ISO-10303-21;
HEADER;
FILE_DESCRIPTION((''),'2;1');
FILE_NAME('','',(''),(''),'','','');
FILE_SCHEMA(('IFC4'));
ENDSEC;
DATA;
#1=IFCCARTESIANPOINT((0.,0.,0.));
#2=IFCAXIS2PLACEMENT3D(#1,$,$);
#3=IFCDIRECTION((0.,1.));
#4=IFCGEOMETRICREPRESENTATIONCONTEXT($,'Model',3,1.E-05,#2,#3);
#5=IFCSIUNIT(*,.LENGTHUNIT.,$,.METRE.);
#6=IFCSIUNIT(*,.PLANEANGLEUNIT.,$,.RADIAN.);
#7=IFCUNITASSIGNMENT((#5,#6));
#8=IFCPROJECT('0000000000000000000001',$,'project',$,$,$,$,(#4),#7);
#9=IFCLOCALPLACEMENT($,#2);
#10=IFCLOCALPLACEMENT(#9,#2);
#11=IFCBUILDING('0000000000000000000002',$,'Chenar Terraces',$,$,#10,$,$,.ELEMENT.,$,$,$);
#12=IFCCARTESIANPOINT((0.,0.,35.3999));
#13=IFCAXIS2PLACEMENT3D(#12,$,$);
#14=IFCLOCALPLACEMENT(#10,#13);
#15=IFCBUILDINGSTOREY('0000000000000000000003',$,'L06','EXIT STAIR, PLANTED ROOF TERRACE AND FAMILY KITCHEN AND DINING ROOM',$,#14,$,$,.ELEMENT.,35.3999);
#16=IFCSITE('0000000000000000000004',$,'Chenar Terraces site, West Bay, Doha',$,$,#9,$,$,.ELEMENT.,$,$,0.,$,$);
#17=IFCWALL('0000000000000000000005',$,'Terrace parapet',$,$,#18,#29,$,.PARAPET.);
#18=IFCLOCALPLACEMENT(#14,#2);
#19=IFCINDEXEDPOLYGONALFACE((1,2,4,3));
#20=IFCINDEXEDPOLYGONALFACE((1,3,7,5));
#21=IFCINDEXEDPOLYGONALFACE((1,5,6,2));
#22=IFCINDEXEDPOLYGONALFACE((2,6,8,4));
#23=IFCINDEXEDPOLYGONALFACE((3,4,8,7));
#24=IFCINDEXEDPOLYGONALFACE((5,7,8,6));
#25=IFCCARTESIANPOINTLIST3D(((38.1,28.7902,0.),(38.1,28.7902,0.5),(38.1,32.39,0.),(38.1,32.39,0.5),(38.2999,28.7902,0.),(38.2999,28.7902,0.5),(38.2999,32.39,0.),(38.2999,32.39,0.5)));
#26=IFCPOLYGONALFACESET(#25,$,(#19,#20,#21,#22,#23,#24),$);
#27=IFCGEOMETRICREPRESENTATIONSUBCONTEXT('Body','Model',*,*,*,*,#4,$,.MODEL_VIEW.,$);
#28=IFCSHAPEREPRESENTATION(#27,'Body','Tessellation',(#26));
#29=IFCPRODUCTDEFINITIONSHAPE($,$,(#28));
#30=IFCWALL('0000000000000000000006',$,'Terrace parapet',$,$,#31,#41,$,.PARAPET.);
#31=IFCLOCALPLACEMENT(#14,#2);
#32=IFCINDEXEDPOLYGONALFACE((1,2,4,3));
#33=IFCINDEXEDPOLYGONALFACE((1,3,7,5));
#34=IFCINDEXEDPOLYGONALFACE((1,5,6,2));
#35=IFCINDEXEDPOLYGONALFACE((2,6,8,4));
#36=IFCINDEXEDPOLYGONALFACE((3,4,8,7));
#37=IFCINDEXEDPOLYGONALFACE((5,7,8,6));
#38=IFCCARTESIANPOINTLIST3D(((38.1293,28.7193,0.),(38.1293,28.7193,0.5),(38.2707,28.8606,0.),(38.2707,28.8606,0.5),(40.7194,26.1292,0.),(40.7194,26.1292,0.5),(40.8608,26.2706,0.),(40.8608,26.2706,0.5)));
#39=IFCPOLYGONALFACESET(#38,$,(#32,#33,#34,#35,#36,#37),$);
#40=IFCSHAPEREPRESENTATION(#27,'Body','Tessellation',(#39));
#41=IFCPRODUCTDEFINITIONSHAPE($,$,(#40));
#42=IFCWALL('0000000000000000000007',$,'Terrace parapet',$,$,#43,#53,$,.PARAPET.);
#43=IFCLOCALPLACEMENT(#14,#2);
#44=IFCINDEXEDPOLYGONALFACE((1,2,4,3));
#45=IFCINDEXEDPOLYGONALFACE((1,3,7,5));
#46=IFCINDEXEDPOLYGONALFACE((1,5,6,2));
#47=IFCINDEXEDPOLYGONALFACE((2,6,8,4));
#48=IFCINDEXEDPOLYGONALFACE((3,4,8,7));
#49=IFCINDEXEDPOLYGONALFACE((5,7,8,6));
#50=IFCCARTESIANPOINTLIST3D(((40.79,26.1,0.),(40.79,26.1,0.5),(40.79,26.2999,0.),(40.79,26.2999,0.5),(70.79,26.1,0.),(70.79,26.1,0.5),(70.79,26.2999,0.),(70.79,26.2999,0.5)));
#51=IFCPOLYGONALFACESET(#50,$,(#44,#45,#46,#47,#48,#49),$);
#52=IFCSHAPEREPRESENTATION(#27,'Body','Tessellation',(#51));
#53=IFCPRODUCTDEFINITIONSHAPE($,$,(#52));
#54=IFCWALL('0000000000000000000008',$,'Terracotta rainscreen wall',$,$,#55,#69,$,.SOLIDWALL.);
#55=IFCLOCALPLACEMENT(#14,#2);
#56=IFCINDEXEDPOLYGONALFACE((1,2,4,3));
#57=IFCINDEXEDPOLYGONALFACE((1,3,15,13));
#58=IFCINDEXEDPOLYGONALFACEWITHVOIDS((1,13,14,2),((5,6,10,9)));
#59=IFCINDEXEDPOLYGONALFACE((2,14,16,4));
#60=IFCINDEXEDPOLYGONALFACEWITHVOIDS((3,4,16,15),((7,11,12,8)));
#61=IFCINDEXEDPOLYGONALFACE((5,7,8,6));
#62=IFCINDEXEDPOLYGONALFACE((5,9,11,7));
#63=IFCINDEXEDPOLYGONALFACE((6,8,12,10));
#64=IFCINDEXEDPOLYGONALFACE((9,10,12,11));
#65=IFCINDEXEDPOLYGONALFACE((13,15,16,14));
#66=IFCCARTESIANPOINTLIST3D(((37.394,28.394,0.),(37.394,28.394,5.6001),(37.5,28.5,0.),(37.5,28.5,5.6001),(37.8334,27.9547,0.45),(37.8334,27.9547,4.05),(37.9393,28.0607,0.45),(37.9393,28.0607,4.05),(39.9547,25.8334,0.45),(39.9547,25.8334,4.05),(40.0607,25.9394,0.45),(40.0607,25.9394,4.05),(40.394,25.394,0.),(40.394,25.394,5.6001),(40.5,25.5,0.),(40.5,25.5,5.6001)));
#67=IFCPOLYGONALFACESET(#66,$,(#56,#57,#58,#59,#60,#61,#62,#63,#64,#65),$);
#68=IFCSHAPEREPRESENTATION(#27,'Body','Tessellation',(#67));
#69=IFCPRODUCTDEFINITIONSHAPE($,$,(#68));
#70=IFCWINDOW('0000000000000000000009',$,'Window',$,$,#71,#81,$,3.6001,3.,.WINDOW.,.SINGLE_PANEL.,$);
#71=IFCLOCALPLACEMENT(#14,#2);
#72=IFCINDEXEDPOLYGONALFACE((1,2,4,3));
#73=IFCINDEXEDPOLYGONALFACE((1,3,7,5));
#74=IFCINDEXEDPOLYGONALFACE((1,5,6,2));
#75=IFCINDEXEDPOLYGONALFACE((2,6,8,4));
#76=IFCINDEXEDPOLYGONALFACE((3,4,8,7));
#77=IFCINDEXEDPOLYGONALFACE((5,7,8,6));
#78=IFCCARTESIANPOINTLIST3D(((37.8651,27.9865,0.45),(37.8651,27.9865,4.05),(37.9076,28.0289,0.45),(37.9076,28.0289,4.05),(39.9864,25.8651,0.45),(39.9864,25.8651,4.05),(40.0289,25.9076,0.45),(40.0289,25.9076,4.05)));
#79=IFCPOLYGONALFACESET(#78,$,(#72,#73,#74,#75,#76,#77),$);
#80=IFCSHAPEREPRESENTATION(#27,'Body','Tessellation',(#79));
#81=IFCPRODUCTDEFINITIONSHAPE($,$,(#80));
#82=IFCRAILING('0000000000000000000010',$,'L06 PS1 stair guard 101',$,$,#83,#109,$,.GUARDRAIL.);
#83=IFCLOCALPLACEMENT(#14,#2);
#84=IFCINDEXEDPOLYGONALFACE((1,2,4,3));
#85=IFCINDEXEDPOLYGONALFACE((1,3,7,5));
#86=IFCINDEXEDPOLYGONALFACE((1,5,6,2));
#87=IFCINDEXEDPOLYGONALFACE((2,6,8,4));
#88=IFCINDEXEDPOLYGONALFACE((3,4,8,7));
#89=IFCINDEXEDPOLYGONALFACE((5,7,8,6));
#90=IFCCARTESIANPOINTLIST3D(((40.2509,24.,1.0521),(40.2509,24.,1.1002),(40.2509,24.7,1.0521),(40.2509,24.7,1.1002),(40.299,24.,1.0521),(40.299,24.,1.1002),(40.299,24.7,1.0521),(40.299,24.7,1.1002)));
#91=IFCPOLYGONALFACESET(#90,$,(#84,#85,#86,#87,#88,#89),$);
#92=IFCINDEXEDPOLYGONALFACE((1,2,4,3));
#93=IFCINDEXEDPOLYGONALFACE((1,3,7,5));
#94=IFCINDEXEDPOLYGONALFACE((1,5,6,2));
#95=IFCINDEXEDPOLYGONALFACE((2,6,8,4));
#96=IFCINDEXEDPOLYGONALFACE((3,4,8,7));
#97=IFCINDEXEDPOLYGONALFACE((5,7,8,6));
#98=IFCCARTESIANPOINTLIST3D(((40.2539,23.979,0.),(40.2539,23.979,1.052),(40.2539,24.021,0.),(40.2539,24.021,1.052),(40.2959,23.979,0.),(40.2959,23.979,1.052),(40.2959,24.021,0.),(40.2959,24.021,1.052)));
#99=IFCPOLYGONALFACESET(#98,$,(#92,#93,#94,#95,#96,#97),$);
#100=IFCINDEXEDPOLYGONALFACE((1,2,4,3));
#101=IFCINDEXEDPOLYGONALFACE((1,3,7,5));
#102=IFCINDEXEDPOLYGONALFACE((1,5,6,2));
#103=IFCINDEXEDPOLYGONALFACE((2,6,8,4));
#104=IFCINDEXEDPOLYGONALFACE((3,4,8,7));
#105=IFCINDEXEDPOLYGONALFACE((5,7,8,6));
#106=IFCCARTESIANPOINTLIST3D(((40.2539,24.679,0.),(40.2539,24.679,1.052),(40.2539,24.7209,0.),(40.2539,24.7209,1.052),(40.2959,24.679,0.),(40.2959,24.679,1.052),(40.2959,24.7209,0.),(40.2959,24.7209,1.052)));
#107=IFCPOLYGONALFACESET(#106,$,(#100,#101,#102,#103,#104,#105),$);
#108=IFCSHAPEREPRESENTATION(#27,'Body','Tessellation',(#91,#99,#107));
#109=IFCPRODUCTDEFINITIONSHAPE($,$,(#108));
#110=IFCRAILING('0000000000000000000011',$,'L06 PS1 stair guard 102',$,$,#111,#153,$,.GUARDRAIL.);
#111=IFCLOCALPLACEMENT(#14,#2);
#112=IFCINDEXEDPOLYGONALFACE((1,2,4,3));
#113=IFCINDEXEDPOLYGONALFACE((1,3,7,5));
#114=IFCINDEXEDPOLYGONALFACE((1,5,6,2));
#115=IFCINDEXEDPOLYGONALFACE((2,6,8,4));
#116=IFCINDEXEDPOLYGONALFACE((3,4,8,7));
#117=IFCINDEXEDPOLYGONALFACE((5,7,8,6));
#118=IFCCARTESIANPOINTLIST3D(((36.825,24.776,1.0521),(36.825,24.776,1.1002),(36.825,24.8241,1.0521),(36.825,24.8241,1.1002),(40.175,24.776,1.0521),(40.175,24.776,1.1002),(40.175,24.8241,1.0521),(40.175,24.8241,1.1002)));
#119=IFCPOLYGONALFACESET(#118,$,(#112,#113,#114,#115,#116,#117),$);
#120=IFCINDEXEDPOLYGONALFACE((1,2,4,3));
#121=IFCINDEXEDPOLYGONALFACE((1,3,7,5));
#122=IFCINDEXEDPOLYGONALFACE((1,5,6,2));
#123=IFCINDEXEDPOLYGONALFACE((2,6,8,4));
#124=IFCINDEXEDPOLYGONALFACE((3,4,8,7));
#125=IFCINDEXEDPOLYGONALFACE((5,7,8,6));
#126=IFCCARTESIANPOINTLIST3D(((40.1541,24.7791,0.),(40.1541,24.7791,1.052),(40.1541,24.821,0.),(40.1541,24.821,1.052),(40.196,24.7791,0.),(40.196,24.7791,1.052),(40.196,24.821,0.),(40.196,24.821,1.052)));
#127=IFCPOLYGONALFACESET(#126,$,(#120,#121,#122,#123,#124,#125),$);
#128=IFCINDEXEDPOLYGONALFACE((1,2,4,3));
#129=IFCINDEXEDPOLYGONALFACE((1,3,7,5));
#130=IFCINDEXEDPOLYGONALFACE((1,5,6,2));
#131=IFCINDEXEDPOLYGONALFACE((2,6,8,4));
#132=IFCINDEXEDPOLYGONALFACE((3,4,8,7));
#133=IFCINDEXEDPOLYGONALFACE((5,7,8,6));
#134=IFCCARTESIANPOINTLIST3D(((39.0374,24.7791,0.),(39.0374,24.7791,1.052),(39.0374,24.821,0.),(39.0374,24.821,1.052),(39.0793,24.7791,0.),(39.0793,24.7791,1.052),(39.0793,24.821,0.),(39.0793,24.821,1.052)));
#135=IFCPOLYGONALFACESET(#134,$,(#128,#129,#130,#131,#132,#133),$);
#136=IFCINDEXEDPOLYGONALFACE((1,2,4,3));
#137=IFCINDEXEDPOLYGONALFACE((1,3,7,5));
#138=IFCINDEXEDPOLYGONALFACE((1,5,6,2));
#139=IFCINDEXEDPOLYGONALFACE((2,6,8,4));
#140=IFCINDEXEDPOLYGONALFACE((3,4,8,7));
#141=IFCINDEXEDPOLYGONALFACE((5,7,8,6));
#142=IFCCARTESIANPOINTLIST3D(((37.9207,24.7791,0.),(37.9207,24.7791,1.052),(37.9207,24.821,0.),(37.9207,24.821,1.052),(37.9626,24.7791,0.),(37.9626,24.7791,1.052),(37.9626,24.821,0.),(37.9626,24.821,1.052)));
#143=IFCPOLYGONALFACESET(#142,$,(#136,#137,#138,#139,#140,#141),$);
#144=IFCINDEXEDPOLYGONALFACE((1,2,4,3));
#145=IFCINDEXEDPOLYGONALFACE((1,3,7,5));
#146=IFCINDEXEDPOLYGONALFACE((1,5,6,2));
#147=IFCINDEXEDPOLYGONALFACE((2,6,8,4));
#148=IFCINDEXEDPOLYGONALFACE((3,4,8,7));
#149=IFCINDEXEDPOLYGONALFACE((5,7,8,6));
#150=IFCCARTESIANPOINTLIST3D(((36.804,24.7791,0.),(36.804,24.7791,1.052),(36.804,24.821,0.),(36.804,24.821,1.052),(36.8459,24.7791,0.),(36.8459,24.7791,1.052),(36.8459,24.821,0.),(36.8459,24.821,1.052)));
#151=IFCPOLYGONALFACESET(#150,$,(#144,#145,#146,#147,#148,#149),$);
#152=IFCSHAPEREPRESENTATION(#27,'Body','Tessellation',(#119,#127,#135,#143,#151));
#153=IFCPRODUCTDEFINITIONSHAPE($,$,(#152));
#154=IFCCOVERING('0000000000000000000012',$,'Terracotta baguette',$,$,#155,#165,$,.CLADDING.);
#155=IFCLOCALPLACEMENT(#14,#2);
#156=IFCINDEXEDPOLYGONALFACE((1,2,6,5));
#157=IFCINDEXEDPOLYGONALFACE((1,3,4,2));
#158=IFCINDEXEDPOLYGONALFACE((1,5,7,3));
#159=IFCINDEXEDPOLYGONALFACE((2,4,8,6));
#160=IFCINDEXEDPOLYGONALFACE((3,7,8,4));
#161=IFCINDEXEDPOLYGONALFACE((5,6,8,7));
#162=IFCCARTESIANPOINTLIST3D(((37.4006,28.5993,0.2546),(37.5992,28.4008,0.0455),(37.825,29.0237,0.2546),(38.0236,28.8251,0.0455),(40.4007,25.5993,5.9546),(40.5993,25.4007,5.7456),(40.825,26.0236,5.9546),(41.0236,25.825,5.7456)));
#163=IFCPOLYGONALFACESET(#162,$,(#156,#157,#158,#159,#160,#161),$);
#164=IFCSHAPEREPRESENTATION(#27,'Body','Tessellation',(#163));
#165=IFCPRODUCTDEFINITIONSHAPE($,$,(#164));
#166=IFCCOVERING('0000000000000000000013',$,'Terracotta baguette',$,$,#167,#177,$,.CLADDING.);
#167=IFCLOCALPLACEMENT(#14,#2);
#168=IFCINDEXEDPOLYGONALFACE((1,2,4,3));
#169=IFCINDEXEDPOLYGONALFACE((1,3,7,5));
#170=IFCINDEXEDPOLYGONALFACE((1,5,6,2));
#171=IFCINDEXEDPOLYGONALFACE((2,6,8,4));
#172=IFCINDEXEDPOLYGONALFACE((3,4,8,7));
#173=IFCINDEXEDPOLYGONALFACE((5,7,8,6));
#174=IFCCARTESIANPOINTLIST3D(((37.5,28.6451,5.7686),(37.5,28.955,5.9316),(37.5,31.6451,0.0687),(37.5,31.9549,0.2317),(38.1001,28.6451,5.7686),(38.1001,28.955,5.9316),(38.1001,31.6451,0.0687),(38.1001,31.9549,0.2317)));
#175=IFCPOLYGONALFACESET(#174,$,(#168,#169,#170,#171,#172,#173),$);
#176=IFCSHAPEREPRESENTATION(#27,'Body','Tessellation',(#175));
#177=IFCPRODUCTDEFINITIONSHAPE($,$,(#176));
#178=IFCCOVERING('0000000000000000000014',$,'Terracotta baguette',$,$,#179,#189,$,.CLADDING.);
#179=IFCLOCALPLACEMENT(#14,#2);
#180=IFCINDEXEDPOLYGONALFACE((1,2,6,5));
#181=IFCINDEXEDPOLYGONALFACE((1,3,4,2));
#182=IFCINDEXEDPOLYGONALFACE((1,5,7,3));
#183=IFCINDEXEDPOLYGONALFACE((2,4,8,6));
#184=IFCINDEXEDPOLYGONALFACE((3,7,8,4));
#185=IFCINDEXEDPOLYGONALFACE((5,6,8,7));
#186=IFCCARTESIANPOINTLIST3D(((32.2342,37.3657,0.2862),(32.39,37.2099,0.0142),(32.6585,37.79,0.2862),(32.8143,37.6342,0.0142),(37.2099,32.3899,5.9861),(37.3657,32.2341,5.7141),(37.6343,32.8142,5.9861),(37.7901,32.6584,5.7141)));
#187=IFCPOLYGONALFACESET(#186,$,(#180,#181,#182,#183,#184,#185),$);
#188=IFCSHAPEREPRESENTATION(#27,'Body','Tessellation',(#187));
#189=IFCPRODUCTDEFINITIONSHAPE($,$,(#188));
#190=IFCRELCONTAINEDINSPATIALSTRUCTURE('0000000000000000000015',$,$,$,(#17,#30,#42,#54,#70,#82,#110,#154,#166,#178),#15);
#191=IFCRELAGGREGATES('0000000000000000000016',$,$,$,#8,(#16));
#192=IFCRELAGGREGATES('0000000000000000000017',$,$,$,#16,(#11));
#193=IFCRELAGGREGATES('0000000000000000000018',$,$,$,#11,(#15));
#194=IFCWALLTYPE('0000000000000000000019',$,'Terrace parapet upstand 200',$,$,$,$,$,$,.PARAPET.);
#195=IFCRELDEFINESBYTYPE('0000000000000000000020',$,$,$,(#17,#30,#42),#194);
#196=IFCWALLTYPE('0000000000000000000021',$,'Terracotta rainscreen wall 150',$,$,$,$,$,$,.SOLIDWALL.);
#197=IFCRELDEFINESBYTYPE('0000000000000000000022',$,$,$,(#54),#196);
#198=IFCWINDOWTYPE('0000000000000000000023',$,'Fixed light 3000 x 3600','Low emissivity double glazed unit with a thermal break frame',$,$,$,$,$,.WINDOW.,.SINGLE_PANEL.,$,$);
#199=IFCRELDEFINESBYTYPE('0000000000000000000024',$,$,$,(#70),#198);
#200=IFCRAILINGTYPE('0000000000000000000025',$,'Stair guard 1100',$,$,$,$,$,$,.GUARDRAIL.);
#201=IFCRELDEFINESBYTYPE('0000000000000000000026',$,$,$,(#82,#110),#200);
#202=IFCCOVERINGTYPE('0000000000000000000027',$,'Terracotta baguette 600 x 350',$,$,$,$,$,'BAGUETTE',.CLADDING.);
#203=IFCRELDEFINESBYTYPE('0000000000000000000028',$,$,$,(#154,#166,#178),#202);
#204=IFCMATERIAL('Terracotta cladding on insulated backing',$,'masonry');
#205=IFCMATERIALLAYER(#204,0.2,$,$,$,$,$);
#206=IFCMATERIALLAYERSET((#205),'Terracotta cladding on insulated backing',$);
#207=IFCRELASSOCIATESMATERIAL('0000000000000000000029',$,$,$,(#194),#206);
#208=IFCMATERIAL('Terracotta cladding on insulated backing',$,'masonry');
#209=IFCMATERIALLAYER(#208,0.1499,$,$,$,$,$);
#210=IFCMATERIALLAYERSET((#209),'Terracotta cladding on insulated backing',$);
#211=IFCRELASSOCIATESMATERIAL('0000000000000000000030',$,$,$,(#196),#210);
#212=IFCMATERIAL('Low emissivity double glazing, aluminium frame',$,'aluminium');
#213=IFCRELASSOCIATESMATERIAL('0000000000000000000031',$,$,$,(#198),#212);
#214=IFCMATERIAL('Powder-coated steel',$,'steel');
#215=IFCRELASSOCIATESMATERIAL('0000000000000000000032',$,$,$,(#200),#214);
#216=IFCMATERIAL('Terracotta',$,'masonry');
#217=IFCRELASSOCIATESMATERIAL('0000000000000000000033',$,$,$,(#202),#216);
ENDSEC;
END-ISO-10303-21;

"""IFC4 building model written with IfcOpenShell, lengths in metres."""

from ifc_helpers import new_model, si_unit, direction, frame, frame_2d, origin, origin_2d, place, context, subcontext, project, spatial, rectangle, extrude, material, layer, layer_set, material_profile, profile_set, type_object, element, fill, save


model = new_model("IFC4")

# Units and contexts
model_context = context("Model", 3, precision=1e-05, world=origin(), true_north=direction((0.0, 1.0)))
body_context = subcontext(model_context, "Body", "Model", "MODEL_VIEW")
ifc_project = project(units=[si_unit("LENGTHUNIT", "METRE"), si_unit("PLANEANGLEUNIT", "RADIAN")], contexts=[model_context])

# Site, building, storey
site_placement = place(None, origin())
site = spatial("IfcSite", under=ifc_project, at=site_placement, Name="Chenar Terraces site, West Bay, Doha", CompositionType="ELEMENT", RefElevation=0.0)
building_placement = place(site_placement, origin())
building = spatial("IfcBuilding", under=site, at=building_placement, Name="Chenar Terraces", CompositionType="ELEMENT")
storey_placement = place(building_placement, frame((0.0, 0.0, 35.3999)))
storey = spatial("IfcBuildingStorey", under=building, at=storey_placement, Name="L06", Description="EXIT STAIR, PLANTED ROOF TERRACE AND FAMILY KITCHEN AND DINING ROOM", CompositionType="ELEMENT", Elevation=35.3999)

# Walls
ifc_material_1 = material(Name="Terracotta cladding on insulated backing", Category="masonry")
ifc_layer_1 = layer(ifc_material_1, 0.2)
ifc_layer_set_1 = layer_set([ifc_layer_1], Name="Terracotta cladding on insulated backing")
wall_type_1 = type_object("IfcWallType", Name="Terrace parapet upstand 200", PredefinedType="PARAPET", material=ifc_layer_set_1)
wall_1_placement = place(storey_placement, frame((38.2, 32.3899, 0.0), z_axis=(0.0, 0.0, 1.0), x_axis=(0.0, -1.0, 0.0)))
element("IfcWall", 1, at=wall_1_placement, inside=storey, type_object=wall_type_1, Name="Terrace parapet", PredefinedType="PARAPET", context=body_context, shape_type="SweptSolid", body=[
    extrude(rectangle(XDim=3.5999, YDim=0.2, at=frame_2d((1.7998, 0.0))), origin(), (0.0, 0.0, 1.0), 0.5),
])
wall_2_placement = place(storey_placement, frame((38.2, 28.79, 0.0), z_axis=(0.0, 0.0, 1.0), x_axis=(0.707107, -0.707107, 0.0)))
element("IfcWall", 2, at=wall_2_placement, inside=storey, type_object=wall_type_1, Name="Terrace parapet", PredefinedType="PARAPET", context=body_context, shape_type="SweptSolid", body=[
    extrude(rectangle(XDim=3.6628, YDim=0.2, at=frame_2d((1.8315, 0.0))), origin(), (0.0, 0.0, 1.0), 0.5),
])
wall_3_placement = place(storey_placement, frame((40.79, 26.2, 0.0), z_axis=(0.0, 0.0, 1.0), x_axis=(1.0, 0.0, 0.0)))
element("IfcWall", 3, at=wall_3_placement, inside=storey, type_object=wall_type_1, Name="Terrace parapet", PredefinedType="PARAPET", context=body_context, shape_type="SweptSolid", body=[
    extrude(rectangle(XDim=30.0, YDim=0.2, at=frame_2d((15.0, 0.0))), origin(), (0.0, 0.0, 1.0), 0.5),
])

# Wall, opening, window
ifc_material_2 = material(Name="Terracotta cladding on insulated backing", Category="masonry")
ifc_layer_2 = layer(ifc_material_2, 0.1499)
ifc_layer_set_2 = layer_set([ifc_layer_2], Name="Terracotta cladding on insulated backing")
wall_type_2 = type_object("IfcWallType", Name="Terracotta rainscreen wall 150", PredefinedType="SOLIDWALL", material=ifc_layer_set_2)
wall_4_placement = place(storey_placement, frame((40.447, 25.447, 0.0), z_axis=(0.0, 0.0, 1.0), x_axis=(-0.707107, 0.707107, 0.0)))
wall_4 = element("IfcWall", 4, at=wall_4_placement, inside=storey, type_object=wall_type_2, Name="Terracotta rainscreen wall", PredefinedType="SOLIDWALL", context=body_context, shape_type="SweptSolid", body=[
    extrude(rectangle(XDim=4.2427, YDim=0.1499, at=frame_2d((2.1213, 0.0))), origin(), (0.0, 0.0, 1.0), 5.6001),
])
opening_placement = place(wall_4_placement, frame((0.6213, 0.0, 0.45)))
opening = element("IfcOpeningElement", 5, at=opening_placement, cuts=wall_4, PredefinedType="OPENING", context=body_context, shape_type="SweptSolid", body=[
    extrude(rectangle(XDim=3.0, YDim=3.6001, at=frame_2d((1.5, 1.8))), frame((0.0, 0.085, 0.0), z_axis=(0.0, -1.0, 0.0), x_axis=(1.0, 0.0, 0.0)), (0.0, 0.0, 1.0), 0.1699),
])
ifc_material_3 = material(Name="Low emissivity double glazing, aluminium frame", Category="aluminium")
window_type = type_object("IfcWindowType", Name="Fixed light 3000 x 3600", Description="Low emissivity double glazed unit with a thermal break frame", PartitioningType="SINGLE_PANEL", PredefinedType="WINDOW", material=ifc_material_3)
window_placement = place(opening_placement, origin())
window = element("IfcWindow", 6, at=window_placement, inside=storey, type_object=window_type, Name="Window", OverallHeight=3.6001, OverallWidth=3.0, PartitioningType="SINGLE_PANEL", PredefinedType="WINDOW", context=body_context, shape_type="SweptSolid", body=[
    extrude(rectangle(XDim=3.0, YDim=3.6001, at=frame_2d((1.5, 1.8))), frame((0.0, 0.03, 0.0), z_axis=(0.0, -1.0, 0.0), x_axis=(1.0, 0.0, 0.0)), (0.0, 0.0, 1.0), 0.0601),
])
fill(opening, window)

# Railings
ifc_material_4 = material(Name="Powder-coated steel", Category="steel")
railing_type = type_object("IfcRailingType", Name="Stair guard 1100", PredefinedType="GUARDRAIL", material=ifc_material_4)
railing_1_placement = place(storey_placement, frame((40.2749, 24.0, 0.0)))
element("IfcRailing", 7, at=railing_1_placement, inside=storey, type_object=railing_type, Name="L06 PS1 stair guard 101", PredefinedType="GUARDRAIL", context=body_context, shape_type="SweptSolid", body=[
    extrude(rectangle(XDim=0.0481, YDim=0.0481, at=origin_2d()), frame((0.0, 0.0, 1.0762), z_axis=(0.0, 1.0, 0.0), x_axis=(-1.0, 0.0, 0.0)), (0.0, 0.0, 1.0), 0.7),
    extrude(rectangle(XDim=0.042, YDim=0.042, at=origin_2d()), origin(), (0.0, 0.0, 1.0), 1.052),
    extrude(rectangle(XDim=0.042, YDim=0.042, at=origin_2d()), frame((0.0, 0.7, 0.0)), (0.0, 0.0, 1.0), 1.052),
])
railing_2_placement = place(storey_placement, frame((40.175, 24.8, 0.0)))
element("IfcRailing", 8, at=railing_2_placement, inside=storey, type_object=railing_type, Name="L06 PS1 stair guard 102", PredefinedType="GUARDRAIL", context=body_context, shape_type="SweptSolid", body=[
    extrude(rectangle(XDim=0.0481, YDim=0.0481, at=origin_2d()), frame((0.0, 0.0, 1.0762), z_axis=(-1.0, 0.0, 0.0), x_axis=(0.0, -1.0, 0.0)), (0.0, 0.0, 1.0), 3.3501),
    extrude(rectangle(XDim=0.042, YDim=0.042, at=origin_2d()), origin(), (0.0, 0.0, 1.0), 1.052),
    extrude(rectangle(XDim=0.042, YDim=0.042, at=origin_2d()), frame((-1.1167, 0.0, 0.0)), (0.0, 0.0, 1.0), 1.052),
    extrude(rectangle(XDim=0.042, YDim=0.042, at=origin_2d()), frame((-2.2334, 0.0, 0.0)), (0.0, 0.0, 1.0), 1.052),
    extrude(rectangle(XDim=0.042, YDim=0.042, at=origin_2d()), frame((-3.3501, 0.0, 0.0)), (0.0, 0.0, 1.0), 1.052),
])

# Coverings
ifc_material_5 = material(Name="Terracotta", Category="masonry")
ifc_material_profile_1 = material_profile(ifc_material_5, rectangle(XDim=0.6001, YDim=0.3501, at=origin_2d()), Name="Terracotta baguette 600 x 350")
ifc_profile_set_1 = profile_set([ifc_material_profile_1], Name="Terracotta")
covering_type = type_object("IfcCoveringType", Name="Terracotta baguette 600 x 350", ElementType="BAGUETTE", PredefinedType="CLADDING", material=ifc_profile_set_1)
covering_1_placement = place(storey_placement, frame((40.7122, 25.7122, 5.8501), z_axis=(-0.422203, 0.422203, -0.802178), x_axis=(-0.707107, -0.707107, 0.0)))
element("IfcCovering", 9, at=covering_1_placement, inside=storey, type_object=covering_type, Name="Terracotta baguette", PredefinedType="CLADDING", context=body_context, shape_type="SweptSolid", body=[
    extrude(rectangle(XDim=0.6001, YDim=0.3501, at=origin_2d()), origin(), (0.0, 0.0, 1.0), 7.1057),
])
covering_2_placement = place(storey_placement, frame((37.8, 28.8, 5.8501), z_axis=(0.0, 0.46575, -0.884917), x_axis=(-1.0, 0.0, 0.0)))
element("IfcCovering", 10, at=covering_2_placement, inside=storey, type_object=covering_type, Name="Terracotta baguette", PredefinedType="CLADDING", context=body_context, shape_type="SweptSolid", body=[
    extrude(rectangle(XDim=0.6001, YDim=0.3501, at=origin_2d()), origin(), (0.0, 0.0, 1.0), 6.4412),
])
covering_3_placement = place(storey_placement, frame((37.5, 32.5242, 5.8501), z_axis=(-0.549464, 0.549464, -0.629427), x_axis=(-0.707107, -0.707107, 0.0)))
element("IfcCovering", 11, at=covering_3_placement, inside=storey, type_object=covering_type, Name="Terracotta baguette", PredefinedType="CLADDING", context=body_context, shape_type="SweptSolid", body=[
    extrude(rectangle(XDim=0.6001, YDim=0.3501, at=origin_2d()), origin(), (0.0, 0.0, 1.0), 9.0557),
])

save(model, "model.ifc")
